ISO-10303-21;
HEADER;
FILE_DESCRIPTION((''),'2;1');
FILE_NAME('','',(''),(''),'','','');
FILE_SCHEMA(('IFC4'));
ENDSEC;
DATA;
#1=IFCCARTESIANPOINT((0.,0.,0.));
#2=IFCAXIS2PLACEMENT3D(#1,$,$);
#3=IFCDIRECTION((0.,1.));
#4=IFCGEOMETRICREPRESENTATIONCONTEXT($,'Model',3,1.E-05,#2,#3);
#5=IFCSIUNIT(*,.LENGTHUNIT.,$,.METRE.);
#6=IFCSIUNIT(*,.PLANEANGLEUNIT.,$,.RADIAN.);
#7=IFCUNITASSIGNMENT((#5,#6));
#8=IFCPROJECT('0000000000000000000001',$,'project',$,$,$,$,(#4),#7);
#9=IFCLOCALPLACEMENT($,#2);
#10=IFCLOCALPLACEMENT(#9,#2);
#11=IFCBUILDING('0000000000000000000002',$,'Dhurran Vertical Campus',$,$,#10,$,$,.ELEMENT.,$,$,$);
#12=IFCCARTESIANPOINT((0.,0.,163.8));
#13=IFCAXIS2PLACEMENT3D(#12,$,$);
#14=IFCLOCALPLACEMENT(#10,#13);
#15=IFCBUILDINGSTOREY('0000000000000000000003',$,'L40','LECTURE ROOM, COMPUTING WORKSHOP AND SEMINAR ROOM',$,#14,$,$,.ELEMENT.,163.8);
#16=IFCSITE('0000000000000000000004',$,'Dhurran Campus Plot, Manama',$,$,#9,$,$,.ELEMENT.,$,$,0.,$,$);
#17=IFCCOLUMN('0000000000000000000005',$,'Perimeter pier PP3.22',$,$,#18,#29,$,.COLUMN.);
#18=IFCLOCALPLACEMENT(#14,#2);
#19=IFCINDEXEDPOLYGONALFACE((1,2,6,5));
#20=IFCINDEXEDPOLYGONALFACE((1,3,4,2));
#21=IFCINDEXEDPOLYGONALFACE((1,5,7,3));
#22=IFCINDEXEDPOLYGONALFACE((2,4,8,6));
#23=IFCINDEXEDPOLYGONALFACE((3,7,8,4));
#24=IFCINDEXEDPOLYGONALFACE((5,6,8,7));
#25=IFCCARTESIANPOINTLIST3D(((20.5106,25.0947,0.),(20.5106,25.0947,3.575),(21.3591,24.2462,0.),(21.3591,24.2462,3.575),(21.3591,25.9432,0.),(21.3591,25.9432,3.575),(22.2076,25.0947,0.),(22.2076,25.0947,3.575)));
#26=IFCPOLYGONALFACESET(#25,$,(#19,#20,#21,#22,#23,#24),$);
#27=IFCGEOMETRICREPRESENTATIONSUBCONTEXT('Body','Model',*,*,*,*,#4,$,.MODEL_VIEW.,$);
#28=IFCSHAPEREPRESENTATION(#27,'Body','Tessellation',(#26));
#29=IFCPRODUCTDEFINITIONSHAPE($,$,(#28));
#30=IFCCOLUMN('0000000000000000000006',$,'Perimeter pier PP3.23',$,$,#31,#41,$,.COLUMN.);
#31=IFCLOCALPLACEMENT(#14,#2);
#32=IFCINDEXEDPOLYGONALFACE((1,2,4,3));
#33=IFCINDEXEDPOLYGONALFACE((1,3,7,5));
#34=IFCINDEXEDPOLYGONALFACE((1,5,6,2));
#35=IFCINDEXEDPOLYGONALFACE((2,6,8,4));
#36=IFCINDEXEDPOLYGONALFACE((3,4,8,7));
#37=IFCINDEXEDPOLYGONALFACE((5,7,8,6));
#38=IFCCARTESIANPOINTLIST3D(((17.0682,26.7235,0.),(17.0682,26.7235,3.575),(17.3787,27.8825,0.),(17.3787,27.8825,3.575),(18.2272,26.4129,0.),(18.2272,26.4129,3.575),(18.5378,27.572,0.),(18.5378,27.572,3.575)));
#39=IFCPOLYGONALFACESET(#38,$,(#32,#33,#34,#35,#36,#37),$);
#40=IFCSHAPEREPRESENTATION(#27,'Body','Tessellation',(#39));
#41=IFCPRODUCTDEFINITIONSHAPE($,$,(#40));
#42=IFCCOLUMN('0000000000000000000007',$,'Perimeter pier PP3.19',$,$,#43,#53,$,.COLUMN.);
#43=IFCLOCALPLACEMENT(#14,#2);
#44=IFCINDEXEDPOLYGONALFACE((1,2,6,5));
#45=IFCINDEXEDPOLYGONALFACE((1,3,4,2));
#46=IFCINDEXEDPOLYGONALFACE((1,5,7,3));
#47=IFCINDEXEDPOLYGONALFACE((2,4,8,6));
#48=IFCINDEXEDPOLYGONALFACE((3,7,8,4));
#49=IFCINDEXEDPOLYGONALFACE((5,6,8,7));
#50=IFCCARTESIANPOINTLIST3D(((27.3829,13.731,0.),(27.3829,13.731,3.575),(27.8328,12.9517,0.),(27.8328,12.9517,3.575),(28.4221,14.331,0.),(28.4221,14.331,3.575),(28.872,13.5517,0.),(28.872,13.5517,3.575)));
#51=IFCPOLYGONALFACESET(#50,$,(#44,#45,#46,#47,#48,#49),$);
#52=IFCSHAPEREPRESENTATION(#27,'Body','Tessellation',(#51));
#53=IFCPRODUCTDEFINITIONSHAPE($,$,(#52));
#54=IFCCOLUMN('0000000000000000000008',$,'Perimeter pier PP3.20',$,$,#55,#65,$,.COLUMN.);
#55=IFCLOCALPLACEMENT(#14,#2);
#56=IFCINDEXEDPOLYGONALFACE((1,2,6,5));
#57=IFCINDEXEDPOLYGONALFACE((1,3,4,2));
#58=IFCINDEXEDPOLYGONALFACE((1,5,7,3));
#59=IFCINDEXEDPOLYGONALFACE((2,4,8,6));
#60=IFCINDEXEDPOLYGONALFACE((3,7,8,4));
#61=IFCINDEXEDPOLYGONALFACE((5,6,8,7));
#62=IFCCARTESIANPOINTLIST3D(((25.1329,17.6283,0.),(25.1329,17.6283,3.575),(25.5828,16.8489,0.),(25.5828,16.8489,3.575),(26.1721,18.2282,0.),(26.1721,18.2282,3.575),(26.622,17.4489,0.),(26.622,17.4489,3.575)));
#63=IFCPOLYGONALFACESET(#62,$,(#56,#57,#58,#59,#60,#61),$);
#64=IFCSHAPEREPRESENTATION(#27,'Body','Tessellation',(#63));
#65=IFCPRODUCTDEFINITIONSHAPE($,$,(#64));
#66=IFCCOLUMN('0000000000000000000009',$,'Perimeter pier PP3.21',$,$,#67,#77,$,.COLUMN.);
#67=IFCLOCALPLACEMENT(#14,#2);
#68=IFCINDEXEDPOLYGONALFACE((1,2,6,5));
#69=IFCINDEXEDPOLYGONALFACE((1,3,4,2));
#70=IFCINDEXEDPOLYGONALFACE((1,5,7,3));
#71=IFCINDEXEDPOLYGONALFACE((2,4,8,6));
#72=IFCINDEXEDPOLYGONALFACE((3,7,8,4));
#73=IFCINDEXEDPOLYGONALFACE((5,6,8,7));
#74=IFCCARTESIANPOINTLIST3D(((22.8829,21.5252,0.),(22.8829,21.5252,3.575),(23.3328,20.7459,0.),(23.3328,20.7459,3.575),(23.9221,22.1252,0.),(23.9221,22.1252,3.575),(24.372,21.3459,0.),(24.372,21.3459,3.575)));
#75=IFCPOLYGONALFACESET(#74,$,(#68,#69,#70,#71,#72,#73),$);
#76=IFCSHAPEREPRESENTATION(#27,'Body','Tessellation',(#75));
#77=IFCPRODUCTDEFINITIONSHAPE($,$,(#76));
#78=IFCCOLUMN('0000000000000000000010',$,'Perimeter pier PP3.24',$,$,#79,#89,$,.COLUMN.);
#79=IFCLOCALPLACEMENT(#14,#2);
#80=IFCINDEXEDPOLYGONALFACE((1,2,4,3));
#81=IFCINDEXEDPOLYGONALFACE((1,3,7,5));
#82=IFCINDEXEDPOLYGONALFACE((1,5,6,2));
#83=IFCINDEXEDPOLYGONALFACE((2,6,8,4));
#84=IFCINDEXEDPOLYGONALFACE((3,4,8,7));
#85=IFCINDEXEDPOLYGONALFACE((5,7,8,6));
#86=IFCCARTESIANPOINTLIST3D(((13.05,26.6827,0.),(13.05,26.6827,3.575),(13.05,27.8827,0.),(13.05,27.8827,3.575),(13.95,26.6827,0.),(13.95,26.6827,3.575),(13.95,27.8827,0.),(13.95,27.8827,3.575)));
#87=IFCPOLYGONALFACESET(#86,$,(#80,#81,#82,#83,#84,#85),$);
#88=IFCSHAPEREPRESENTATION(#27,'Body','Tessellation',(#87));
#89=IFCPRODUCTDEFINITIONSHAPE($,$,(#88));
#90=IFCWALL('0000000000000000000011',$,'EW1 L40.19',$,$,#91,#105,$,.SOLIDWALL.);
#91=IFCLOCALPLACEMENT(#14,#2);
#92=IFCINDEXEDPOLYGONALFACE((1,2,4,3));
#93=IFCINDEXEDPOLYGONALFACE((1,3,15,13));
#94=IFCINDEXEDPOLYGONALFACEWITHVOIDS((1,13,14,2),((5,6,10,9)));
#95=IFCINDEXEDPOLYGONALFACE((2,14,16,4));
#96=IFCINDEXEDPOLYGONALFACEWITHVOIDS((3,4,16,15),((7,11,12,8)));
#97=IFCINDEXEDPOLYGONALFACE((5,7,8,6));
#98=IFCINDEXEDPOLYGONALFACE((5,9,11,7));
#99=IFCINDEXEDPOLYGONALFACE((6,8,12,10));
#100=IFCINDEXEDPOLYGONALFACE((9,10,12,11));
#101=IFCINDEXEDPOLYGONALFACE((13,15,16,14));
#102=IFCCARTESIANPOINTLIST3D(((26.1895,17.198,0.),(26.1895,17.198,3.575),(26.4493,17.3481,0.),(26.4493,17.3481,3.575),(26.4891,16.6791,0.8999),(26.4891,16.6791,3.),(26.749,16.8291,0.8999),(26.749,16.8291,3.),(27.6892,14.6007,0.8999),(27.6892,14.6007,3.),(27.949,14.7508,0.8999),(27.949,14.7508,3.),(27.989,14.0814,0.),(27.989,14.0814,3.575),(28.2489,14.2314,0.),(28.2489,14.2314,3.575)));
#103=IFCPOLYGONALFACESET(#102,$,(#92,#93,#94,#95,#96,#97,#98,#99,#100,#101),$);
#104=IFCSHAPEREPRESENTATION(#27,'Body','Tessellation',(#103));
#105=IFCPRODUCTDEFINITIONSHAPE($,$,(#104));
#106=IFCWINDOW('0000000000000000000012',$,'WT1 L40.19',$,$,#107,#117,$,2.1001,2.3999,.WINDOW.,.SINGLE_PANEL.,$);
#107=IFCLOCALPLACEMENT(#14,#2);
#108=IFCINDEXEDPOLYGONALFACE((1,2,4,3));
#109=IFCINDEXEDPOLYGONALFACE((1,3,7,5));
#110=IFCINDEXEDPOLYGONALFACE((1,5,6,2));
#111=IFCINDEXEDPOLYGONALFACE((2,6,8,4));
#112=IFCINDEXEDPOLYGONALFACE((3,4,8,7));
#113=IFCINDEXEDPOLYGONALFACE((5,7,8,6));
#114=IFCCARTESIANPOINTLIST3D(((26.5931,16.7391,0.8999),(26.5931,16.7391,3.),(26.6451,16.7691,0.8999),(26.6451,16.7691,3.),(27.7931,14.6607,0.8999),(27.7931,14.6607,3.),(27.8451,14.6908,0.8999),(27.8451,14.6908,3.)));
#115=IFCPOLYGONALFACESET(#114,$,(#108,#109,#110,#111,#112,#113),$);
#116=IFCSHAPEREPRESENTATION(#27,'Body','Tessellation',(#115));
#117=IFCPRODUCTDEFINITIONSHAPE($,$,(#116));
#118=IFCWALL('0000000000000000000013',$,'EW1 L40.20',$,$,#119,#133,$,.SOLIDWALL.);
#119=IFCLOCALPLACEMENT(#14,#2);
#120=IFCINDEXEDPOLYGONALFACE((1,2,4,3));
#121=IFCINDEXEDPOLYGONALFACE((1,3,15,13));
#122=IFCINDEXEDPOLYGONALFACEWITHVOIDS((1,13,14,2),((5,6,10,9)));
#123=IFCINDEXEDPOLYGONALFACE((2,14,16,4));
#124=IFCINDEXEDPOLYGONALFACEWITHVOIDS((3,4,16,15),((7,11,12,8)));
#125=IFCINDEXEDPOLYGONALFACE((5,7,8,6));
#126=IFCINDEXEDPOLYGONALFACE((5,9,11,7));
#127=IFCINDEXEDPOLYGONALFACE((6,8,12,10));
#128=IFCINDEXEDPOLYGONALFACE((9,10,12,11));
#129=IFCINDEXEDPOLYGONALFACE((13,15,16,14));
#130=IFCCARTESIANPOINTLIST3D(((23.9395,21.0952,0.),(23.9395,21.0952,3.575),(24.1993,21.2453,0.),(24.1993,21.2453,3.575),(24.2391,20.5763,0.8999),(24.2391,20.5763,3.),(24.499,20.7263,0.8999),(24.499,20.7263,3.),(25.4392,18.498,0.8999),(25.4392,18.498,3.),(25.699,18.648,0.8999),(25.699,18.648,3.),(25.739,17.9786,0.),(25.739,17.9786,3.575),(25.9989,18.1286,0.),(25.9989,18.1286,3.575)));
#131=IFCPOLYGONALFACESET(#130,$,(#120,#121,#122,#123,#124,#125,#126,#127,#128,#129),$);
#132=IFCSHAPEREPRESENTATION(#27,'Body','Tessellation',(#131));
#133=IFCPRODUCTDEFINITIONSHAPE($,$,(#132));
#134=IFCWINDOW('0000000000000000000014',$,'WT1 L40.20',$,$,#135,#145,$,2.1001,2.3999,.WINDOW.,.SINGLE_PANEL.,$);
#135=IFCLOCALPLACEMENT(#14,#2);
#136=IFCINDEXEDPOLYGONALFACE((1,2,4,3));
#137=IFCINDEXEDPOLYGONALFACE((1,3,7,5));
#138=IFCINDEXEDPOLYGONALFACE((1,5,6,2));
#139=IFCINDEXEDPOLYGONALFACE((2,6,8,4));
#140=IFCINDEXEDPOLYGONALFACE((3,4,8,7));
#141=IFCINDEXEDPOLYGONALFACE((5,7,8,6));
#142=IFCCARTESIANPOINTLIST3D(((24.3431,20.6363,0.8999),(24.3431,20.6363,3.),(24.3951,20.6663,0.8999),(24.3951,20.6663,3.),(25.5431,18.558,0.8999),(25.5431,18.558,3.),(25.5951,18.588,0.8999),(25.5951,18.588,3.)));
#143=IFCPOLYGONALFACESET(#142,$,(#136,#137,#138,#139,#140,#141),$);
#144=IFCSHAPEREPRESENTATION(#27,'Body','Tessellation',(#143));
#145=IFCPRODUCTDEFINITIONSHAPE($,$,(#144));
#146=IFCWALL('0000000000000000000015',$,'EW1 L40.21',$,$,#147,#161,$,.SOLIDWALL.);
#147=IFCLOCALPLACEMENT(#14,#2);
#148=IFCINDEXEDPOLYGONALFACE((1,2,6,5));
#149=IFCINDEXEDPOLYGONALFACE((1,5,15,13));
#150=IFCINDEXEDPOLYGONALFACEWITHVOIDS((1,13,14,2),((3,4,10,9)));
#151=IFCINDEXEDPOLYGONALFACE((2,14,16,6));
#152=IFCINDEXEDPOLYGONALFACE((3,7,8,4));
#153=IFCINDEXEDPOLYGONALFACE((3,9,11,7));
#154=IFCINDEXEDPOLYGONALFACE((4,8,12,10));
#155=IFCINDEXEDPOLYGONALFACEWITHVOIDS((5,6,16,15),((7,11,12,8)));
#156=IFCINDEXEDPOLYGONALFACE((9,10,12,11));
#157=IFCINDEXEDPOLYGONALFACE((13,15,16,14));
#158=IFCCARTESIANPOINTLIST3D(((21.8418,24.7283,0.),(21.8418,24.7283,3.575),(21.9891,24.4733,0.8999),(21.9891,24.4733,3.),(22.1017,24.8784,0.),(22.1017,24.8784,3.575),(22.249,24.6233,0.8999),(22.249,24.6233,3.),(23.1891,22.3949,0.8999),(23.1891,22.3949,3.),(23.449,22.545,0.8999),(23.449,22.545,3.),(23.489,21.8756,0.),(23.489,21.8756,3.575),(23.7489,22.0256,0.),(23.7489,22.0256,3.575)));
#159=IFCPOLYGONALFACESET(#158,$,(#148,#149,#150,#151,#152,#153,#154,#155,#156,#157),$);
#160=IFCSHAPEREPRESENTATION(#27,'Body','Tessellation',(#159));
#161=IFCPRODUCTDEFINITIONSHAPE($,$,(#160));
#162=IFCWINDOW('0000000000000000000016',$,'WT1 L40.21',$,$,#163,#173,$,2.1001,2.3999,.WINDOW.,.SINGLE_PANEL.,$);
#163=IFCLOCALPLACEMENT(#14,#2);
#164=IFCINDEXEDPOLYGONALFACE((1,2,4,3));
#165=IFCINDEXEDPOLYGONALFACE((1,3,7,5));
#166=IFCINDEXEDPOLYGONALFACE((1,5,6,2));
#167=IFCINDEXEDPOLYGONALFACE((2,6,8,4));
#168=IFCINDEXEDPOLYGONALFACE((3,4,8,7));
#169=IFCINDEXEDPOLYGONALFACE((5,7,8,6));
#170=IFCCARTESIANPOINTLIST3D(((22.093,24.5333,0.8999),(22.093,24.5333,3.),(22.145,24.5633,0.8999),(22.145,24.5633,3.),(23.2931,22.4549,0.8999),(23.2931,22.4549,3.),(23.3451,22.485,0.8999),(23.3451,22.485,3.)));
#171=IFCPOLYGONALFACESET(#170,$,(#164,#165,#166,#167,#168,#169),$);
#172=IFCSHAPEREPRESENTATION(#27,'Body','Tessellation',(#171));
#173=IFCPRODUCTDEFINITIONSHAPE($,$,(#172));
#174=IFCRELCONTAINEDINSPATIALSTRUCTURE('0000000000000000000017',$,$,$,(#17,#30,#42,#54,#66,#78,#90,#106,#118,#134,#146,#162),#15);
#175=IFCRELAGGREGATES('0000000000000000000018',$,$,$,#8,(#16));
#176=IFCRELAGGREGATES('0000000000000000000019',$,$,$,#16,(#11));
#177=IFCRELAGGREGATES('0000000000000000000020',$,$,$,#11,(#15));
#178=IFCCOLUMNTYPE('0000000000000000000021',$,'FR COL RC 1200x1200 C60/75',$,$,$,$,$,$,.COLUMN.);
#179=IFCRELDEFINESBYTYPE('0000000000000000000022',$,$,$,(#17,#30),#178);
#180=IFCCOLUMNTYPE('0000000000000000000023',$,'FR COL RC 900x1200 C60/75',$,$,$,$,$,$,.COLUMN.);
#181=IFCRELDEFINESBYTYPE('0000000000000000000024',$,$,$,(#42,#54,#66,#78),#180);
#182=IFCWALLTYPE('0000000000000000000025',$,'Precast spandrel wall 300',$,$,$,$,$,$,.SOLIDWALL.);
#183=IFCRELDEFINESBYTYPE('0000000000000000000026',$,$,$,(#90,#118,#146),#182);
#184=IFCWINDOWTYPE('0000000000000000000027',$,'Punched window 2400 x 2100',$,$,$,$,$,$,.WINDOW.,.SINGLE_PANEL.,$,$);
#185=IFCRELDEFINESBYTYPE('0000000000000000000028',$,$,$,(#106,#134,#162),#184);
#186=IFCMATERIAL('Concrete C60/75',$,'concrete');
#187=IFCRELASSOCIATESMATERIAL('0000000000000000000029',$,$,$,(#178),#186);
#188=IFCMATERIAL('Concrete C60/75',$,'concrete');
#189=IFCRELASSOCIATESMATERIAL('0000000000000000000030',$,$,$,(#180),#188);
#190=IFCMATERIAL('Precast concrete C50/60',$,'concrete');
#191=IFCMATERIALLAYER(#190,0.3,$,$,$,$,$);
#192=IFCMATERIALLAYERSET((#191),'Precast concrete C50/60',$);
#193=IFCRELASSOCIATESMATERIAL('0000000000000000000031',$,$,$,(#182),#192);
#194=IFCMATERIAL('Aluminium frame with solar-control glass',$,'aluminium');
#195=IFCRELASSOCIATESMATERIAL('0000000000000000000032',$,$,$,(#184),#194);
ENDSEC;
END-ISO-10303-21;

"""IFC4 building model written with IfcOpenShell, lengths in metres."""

from ifc_helpers import new_model, si_unit, direction, frame, frame_2d, origin, origin_2d, place, context, subcontext, project, spatial, rectangle, extrude, material, layer, layer_set, material_profile, profile_set, type_object, element, fill, save


model = new_model("IFC4")

# Units and contexts
model_context = context("Model", 3, precision=1e-05, world=origin(), true_north=direction((0.0, 1.0)))
body_context = subcontext(model_context, "Body", "Model", "MODEL_VIEW")
ifc_project = project(units=[si_unit("LENGTHUNIT", "METRE"), si_unit("PLANEANGLEUNIT", "RADIAN")], contexts=[model_context])

# Site, building, storey
site_placement = place(None, origin())
site = spatial("IfcSite", under=ifc_project, at=site_placement, Name="Dhurran Campus Plot, Manama", CompositionType="ELEMENT", RefElevation=0.0)
building_placement = place(site_placement, origin())
building = spatial("IfcBuilding", under=site, at=building_placement, Name="Dhurran Vertical Campus", CompositionType="ELEMENT")
storey_placement = place(building_placement, frame((0.0, 0.0, 163.8)))
storey = spatial("IfcBuildingStorey", under=building, at=storey_placement, Name="L40", Description="LECTURE ROOM, COMPUTING WORKSHOP AND SEMINAR ROOM", CompositionType="ELEMENT", Elevation=163.8)

# Columns
ifc_material_1 = material(Name="Concrete C60/75", Category="concrete")
ifc_material_profile_1 = material_profile(ifc_material_1, rectangle(XDim=1.2, YDim=1.2, at=origin_2d()), Name="RC 1200x1200")
ifc_profile_set_1 = profile_set([ifc_material_profile_1], Name="Concrete C60/75")
column_type_1 = type_object("IfcColumnType", Name="FR COL RC 1200x1200 C60/75", PredefinedType="COLUMN", material=ifc_profile_set_1)
for number, where, z_axis, x_axis, name in (
    (1, (21.3591, 25.0947, 0.0), (0.0, 0.0, 1.0), (-0.707107, 0.707107, 0.0), "Perimeter pier PP3.22"),
    (2, (17.803, 27.1477, 0.0), (0.0, 0.0, 1.0), (-0.965926, 0.258819, 0.0), "Perimeter pier PP3.23"),
):
    element("IfcColumn", number, at=place(storey_placement, frame(where, z_axis=z_axis, x_axis=x_axis)), inside=storey, type_object=column_type_1, Name=name, PredefinedType="COLUMN", context=body_context, shape_type="SweptSolid", body=[
        extrude(rectangle(XDim=1.2, YDim=1.2, at=origin_2d()), origin(), (0.0, 0.0, 1.0), 3.575),
    ])
ifc_material_2 = material(Name="Concrete C60/75", Category="concrete")
ifc_material_profile_2 = material_profile(ifc_material_2, rectangle(XDim=0.8999, YDim=1.2, at=origin_2d()), Name="RC 900x1200")
ifc_profile_set_2 = profile_set([ifc_material_profile_2], Name="Concrete C60/75")
column_type_2 = type_object("IfcColumnType", Name="FR COL RC 900x1200 C60/75", PredefinedType="COLUMN", material=ifc_profile_set_2)
for number, where, z_axis, x_axis, name in (
    (3, (28.1274, 13.6414, 0.0), (0.0, 0.0, 1.0), (-0.5, 0.866025, 0.0), "Perimeter pier PP3.19"),
    (4, (25.8774, 17.5386, 0.0), (0.0, 0.0, 1.0), (-0.5, 0.866025, 0.0), "Perimeter pier PP3.20"),
    (5, (23.6274, 21.4355, 0.0), (0.0, 0.0, 1.0), (-0.5, 0.866025, 0.0), "Perimeter pier PP3.21"),
    (6, (13.5, 27.2827, 0.0), (0.0, 0.0, 1.0), (-1.0, 0.0, 0.0), "Perimeter pier PP3.24"),
):
    element("IfcColumn", number, at=place(storey_placement, frame(where, z_axis=z_axis, x_axis=x_axis)), inside=storey, type_object=column_type_2, Name=name, PredefinedType="COLUMN", context=body_context, shape_type="SweptSolid", body=[
        extrude(rectangle(XDim=0.8999, YDim=1.2, at=origin_2d()), origin(), (0.0, 0.0, 1.0), 3.575),
    ])

# Walls, openings, windows
ifc_material_3 = material(Name="Precast concrete C50/60", Category="concrete")
ifc_layer_1 = layer(ifc_material_3, 0.3)
ifc_layer_set_1 = layer_set([ifc_layer_1], Name="Precast concrete C50/60")
wall_type_1 = type_object("IfcWallType", Name="Precast spandrel wall 300", PredefinedType="SOLIDWALL", material=ifc_layer_set_1)
wall_1_placement = place(storey_placement, frame((28.1189, 14.1565, 0.0), z_axis=(0.0, 0.0, 1.0), x_axis=(-0.500028, 0.866009, 0.0)))
wall_1 = element("IfcWall", 7, at=wall_1_placement, inside=storey, type_object=wall_type_1, Name="EW1 L40.19", PredefinedType="SOLIDWALL", context=body_context, shape_type="SweptSolid", body=[
    extrude(rectangle(XDim=3.5989, YDim=0.3, at=frame_2d((1.7993, 0.0))), origin(), (0.0, 0.0, 1.0), 3.575),
])
opening_1_placement = place(wall_1_placement, frame((0.5996, 0.0, 0.8999)))
opening_1 = element("IfcOpeningElement", 8, at=opening_1_placement, cuts=wall_1, PredefinedType="OPENING", context=body_context, shape_type="SweptSolid", body=[
    extrude(rectangle(XDim=2.3999, YDim=2.1001, at=frame_2d((1.2, 1.05))), frame((0.0, 0.1599, 0.0), z_axis=(0.0, -1.0, 0.0), x_axis=(1.0, 0.0, 0.0)), (0.0, 0.0, 1.0), 0.3201),
])
ifc_material_4 = material(Name="Aluminium frame with solar-control glass", Category="aluminium")
window_type = type_object("IfcWindowType", Name="Punched window 2400 x 2100", PartitioningType="SINGLE_PANEL", PredefinedType="WINDOW", material=ifc_material_4)
window_1_placement = place(opening_1_placement, origin())
window_1 = element("IfcWindow", 9, at=window_1_placement, inside=storey, type_object=window_type, Name="WT1 L40.19", OverallHeight=2.1001, OverallWidth=2.3999, PartitioningType="SINGLE_PANEL", PredefinedType="WINDOW", context=body_context, shape_type="SweptSolid", body=[
    extrude(rectangle(XDim=2.3999, YDim=2.1001, at=frame_2d((1.2, 1.05))), frame((0.0, 0.03, 0.0), z_axis=(0.0, -1.0, 0.0), x_axis=(1.0, 0.0, 0.0)), (0.0, 0.0, 1.0), 0.0601),
])
fill(opening_1, window_1)
wall_2_placement = place(storey_placement, frame((25.8689, 18.0537, 0.0), z_axis=(0.0, 0.0, 1.0), x_axis=(-0.500028, 0.866009, 0.0)))
wall_2 = element("IfcWall", 10, at=wall_2_placement, inside=storey, type_object=wall_type_1, Name="EW1 L40.20", PredefinedType="SOLIDWALL", context=body_context, shape_type="SweptSolid", body=[
    extrude(rectangle(XDim=3.5989, YDim=0.3, at=frame_2d((1.7993, 0.0))), origin(), (0.0, 0.0, 1.0), 3.575),
])
opening_2_placement = place(wall_2_placement, frame((0.5996, 0.0, 0.8999)))
opening_2 = element("IfcOpeningElement", 11, at=opening_2_placement, cuts=wall_2, PredefinedType="OPENING", context=body_context, shape_type="SweptSolid", body=[
    extrude(rectangle(XDim=2.3999, YDim=2.1001, at=frame_2d((1.2, 1.05))), frame((0.0, 0.1599, 0.0), z_axis=(0.0, -1.0, 0.0), x_axis=(1.0, 0.0, 0.0)), (0.0, 0.0, 1.0), 0.3201),
])
window_2_placement = place(opening_2_placement, origin())
window_2 = element("IfcWindow", 12, at=window_2_placement, inside=storey, type_object=window_type, Name="WT1 L40.20", OverallHeight=2.1001, OverallWidth=2.3999, PartitioningType="SINGLE_PANEL", PredefinedType="WINDOW", context=body_context, shape_type="SweptSolid", body=[
    extrude(rectangle(XDim=2.3999, YDim=2.1001, at=frame_2d((1.2, 1.05))), frame((0.0, 0.03, 0.0), z_axis=(0.0, -1.0, 0.0), x_axis=(1.0, 0.0, 0.0)), (0.0, 0.0, 1.0), 0.0601),
])
fill(opening_2, window_2)
wall_3_placement = place(storey_placement, frame((23.6189, 21.9507, 0.0), z_axis=(0.0, 0.0, 1.0), x_axis=(-0.500037, 0.866004, 0.0)))
wall_3 = element("IfcWall", 13, at=wall_3_placement, inside=storey, type_object=wall_type_1, Name="EW1 L40.21", PredefinedType="SOLIDWALL", context=body_context, shape_type="SweptSolid", body=[
    extrude(rectangle(XDim=3.2942, YDim=0.3, at=frame_2d((1.647, 0.0))), origin(), (0.0, 0.0, 1.0), 3.575),
])
opening_3_placement = place(wall_3_placement, frame((0.5996, 0.0, 0.8999)))
opening_3 = element("IfcOpeningElement", 14, at=opening_3_placement, cuts=wall_3, PredefinedType="OPENING", context=body_context, shape_type="SweptSolid", body=[
    extrude(rectangle(XDim=2.3999, YDim=2.1001, at=frame_2d((1.2, 1.05))), frame((0.0, 0.1599, 0.0), z_axis=(0.0, -1.0, 0.0), x_axis=(1.0, 0.0, 0.0)), (0.0, 0.0, 1.0), 0.3201),
])
window_3_placement = place(opening_3_placement, origin())
window_3 = element("IfcWindow", 15, at=window_3_placement, inside=storey, type_object=window_type, Name="WT1 L40.21", OverallHeight=2.1001, OverallWidth=2.3999, PartitioningType="SINGLE_PANEL", PredefinedType="WINDOW", context=body_context, shape_type="SweptSolid", body=[
    extrude(rectangle(XDim=2.3999, YDim=2.1001, at=frame_2d((1.2, 1.05))), frame((0.0, 0.03, 0.0), z_axis=(0.0, -1.0, 0.0), x_axis=(1.0, 0.0, 0.0)), (0.0, 0.0, 1.0), 0.0601),
])
fill(opening_3, window_3)

save(model, "model.ifc")
